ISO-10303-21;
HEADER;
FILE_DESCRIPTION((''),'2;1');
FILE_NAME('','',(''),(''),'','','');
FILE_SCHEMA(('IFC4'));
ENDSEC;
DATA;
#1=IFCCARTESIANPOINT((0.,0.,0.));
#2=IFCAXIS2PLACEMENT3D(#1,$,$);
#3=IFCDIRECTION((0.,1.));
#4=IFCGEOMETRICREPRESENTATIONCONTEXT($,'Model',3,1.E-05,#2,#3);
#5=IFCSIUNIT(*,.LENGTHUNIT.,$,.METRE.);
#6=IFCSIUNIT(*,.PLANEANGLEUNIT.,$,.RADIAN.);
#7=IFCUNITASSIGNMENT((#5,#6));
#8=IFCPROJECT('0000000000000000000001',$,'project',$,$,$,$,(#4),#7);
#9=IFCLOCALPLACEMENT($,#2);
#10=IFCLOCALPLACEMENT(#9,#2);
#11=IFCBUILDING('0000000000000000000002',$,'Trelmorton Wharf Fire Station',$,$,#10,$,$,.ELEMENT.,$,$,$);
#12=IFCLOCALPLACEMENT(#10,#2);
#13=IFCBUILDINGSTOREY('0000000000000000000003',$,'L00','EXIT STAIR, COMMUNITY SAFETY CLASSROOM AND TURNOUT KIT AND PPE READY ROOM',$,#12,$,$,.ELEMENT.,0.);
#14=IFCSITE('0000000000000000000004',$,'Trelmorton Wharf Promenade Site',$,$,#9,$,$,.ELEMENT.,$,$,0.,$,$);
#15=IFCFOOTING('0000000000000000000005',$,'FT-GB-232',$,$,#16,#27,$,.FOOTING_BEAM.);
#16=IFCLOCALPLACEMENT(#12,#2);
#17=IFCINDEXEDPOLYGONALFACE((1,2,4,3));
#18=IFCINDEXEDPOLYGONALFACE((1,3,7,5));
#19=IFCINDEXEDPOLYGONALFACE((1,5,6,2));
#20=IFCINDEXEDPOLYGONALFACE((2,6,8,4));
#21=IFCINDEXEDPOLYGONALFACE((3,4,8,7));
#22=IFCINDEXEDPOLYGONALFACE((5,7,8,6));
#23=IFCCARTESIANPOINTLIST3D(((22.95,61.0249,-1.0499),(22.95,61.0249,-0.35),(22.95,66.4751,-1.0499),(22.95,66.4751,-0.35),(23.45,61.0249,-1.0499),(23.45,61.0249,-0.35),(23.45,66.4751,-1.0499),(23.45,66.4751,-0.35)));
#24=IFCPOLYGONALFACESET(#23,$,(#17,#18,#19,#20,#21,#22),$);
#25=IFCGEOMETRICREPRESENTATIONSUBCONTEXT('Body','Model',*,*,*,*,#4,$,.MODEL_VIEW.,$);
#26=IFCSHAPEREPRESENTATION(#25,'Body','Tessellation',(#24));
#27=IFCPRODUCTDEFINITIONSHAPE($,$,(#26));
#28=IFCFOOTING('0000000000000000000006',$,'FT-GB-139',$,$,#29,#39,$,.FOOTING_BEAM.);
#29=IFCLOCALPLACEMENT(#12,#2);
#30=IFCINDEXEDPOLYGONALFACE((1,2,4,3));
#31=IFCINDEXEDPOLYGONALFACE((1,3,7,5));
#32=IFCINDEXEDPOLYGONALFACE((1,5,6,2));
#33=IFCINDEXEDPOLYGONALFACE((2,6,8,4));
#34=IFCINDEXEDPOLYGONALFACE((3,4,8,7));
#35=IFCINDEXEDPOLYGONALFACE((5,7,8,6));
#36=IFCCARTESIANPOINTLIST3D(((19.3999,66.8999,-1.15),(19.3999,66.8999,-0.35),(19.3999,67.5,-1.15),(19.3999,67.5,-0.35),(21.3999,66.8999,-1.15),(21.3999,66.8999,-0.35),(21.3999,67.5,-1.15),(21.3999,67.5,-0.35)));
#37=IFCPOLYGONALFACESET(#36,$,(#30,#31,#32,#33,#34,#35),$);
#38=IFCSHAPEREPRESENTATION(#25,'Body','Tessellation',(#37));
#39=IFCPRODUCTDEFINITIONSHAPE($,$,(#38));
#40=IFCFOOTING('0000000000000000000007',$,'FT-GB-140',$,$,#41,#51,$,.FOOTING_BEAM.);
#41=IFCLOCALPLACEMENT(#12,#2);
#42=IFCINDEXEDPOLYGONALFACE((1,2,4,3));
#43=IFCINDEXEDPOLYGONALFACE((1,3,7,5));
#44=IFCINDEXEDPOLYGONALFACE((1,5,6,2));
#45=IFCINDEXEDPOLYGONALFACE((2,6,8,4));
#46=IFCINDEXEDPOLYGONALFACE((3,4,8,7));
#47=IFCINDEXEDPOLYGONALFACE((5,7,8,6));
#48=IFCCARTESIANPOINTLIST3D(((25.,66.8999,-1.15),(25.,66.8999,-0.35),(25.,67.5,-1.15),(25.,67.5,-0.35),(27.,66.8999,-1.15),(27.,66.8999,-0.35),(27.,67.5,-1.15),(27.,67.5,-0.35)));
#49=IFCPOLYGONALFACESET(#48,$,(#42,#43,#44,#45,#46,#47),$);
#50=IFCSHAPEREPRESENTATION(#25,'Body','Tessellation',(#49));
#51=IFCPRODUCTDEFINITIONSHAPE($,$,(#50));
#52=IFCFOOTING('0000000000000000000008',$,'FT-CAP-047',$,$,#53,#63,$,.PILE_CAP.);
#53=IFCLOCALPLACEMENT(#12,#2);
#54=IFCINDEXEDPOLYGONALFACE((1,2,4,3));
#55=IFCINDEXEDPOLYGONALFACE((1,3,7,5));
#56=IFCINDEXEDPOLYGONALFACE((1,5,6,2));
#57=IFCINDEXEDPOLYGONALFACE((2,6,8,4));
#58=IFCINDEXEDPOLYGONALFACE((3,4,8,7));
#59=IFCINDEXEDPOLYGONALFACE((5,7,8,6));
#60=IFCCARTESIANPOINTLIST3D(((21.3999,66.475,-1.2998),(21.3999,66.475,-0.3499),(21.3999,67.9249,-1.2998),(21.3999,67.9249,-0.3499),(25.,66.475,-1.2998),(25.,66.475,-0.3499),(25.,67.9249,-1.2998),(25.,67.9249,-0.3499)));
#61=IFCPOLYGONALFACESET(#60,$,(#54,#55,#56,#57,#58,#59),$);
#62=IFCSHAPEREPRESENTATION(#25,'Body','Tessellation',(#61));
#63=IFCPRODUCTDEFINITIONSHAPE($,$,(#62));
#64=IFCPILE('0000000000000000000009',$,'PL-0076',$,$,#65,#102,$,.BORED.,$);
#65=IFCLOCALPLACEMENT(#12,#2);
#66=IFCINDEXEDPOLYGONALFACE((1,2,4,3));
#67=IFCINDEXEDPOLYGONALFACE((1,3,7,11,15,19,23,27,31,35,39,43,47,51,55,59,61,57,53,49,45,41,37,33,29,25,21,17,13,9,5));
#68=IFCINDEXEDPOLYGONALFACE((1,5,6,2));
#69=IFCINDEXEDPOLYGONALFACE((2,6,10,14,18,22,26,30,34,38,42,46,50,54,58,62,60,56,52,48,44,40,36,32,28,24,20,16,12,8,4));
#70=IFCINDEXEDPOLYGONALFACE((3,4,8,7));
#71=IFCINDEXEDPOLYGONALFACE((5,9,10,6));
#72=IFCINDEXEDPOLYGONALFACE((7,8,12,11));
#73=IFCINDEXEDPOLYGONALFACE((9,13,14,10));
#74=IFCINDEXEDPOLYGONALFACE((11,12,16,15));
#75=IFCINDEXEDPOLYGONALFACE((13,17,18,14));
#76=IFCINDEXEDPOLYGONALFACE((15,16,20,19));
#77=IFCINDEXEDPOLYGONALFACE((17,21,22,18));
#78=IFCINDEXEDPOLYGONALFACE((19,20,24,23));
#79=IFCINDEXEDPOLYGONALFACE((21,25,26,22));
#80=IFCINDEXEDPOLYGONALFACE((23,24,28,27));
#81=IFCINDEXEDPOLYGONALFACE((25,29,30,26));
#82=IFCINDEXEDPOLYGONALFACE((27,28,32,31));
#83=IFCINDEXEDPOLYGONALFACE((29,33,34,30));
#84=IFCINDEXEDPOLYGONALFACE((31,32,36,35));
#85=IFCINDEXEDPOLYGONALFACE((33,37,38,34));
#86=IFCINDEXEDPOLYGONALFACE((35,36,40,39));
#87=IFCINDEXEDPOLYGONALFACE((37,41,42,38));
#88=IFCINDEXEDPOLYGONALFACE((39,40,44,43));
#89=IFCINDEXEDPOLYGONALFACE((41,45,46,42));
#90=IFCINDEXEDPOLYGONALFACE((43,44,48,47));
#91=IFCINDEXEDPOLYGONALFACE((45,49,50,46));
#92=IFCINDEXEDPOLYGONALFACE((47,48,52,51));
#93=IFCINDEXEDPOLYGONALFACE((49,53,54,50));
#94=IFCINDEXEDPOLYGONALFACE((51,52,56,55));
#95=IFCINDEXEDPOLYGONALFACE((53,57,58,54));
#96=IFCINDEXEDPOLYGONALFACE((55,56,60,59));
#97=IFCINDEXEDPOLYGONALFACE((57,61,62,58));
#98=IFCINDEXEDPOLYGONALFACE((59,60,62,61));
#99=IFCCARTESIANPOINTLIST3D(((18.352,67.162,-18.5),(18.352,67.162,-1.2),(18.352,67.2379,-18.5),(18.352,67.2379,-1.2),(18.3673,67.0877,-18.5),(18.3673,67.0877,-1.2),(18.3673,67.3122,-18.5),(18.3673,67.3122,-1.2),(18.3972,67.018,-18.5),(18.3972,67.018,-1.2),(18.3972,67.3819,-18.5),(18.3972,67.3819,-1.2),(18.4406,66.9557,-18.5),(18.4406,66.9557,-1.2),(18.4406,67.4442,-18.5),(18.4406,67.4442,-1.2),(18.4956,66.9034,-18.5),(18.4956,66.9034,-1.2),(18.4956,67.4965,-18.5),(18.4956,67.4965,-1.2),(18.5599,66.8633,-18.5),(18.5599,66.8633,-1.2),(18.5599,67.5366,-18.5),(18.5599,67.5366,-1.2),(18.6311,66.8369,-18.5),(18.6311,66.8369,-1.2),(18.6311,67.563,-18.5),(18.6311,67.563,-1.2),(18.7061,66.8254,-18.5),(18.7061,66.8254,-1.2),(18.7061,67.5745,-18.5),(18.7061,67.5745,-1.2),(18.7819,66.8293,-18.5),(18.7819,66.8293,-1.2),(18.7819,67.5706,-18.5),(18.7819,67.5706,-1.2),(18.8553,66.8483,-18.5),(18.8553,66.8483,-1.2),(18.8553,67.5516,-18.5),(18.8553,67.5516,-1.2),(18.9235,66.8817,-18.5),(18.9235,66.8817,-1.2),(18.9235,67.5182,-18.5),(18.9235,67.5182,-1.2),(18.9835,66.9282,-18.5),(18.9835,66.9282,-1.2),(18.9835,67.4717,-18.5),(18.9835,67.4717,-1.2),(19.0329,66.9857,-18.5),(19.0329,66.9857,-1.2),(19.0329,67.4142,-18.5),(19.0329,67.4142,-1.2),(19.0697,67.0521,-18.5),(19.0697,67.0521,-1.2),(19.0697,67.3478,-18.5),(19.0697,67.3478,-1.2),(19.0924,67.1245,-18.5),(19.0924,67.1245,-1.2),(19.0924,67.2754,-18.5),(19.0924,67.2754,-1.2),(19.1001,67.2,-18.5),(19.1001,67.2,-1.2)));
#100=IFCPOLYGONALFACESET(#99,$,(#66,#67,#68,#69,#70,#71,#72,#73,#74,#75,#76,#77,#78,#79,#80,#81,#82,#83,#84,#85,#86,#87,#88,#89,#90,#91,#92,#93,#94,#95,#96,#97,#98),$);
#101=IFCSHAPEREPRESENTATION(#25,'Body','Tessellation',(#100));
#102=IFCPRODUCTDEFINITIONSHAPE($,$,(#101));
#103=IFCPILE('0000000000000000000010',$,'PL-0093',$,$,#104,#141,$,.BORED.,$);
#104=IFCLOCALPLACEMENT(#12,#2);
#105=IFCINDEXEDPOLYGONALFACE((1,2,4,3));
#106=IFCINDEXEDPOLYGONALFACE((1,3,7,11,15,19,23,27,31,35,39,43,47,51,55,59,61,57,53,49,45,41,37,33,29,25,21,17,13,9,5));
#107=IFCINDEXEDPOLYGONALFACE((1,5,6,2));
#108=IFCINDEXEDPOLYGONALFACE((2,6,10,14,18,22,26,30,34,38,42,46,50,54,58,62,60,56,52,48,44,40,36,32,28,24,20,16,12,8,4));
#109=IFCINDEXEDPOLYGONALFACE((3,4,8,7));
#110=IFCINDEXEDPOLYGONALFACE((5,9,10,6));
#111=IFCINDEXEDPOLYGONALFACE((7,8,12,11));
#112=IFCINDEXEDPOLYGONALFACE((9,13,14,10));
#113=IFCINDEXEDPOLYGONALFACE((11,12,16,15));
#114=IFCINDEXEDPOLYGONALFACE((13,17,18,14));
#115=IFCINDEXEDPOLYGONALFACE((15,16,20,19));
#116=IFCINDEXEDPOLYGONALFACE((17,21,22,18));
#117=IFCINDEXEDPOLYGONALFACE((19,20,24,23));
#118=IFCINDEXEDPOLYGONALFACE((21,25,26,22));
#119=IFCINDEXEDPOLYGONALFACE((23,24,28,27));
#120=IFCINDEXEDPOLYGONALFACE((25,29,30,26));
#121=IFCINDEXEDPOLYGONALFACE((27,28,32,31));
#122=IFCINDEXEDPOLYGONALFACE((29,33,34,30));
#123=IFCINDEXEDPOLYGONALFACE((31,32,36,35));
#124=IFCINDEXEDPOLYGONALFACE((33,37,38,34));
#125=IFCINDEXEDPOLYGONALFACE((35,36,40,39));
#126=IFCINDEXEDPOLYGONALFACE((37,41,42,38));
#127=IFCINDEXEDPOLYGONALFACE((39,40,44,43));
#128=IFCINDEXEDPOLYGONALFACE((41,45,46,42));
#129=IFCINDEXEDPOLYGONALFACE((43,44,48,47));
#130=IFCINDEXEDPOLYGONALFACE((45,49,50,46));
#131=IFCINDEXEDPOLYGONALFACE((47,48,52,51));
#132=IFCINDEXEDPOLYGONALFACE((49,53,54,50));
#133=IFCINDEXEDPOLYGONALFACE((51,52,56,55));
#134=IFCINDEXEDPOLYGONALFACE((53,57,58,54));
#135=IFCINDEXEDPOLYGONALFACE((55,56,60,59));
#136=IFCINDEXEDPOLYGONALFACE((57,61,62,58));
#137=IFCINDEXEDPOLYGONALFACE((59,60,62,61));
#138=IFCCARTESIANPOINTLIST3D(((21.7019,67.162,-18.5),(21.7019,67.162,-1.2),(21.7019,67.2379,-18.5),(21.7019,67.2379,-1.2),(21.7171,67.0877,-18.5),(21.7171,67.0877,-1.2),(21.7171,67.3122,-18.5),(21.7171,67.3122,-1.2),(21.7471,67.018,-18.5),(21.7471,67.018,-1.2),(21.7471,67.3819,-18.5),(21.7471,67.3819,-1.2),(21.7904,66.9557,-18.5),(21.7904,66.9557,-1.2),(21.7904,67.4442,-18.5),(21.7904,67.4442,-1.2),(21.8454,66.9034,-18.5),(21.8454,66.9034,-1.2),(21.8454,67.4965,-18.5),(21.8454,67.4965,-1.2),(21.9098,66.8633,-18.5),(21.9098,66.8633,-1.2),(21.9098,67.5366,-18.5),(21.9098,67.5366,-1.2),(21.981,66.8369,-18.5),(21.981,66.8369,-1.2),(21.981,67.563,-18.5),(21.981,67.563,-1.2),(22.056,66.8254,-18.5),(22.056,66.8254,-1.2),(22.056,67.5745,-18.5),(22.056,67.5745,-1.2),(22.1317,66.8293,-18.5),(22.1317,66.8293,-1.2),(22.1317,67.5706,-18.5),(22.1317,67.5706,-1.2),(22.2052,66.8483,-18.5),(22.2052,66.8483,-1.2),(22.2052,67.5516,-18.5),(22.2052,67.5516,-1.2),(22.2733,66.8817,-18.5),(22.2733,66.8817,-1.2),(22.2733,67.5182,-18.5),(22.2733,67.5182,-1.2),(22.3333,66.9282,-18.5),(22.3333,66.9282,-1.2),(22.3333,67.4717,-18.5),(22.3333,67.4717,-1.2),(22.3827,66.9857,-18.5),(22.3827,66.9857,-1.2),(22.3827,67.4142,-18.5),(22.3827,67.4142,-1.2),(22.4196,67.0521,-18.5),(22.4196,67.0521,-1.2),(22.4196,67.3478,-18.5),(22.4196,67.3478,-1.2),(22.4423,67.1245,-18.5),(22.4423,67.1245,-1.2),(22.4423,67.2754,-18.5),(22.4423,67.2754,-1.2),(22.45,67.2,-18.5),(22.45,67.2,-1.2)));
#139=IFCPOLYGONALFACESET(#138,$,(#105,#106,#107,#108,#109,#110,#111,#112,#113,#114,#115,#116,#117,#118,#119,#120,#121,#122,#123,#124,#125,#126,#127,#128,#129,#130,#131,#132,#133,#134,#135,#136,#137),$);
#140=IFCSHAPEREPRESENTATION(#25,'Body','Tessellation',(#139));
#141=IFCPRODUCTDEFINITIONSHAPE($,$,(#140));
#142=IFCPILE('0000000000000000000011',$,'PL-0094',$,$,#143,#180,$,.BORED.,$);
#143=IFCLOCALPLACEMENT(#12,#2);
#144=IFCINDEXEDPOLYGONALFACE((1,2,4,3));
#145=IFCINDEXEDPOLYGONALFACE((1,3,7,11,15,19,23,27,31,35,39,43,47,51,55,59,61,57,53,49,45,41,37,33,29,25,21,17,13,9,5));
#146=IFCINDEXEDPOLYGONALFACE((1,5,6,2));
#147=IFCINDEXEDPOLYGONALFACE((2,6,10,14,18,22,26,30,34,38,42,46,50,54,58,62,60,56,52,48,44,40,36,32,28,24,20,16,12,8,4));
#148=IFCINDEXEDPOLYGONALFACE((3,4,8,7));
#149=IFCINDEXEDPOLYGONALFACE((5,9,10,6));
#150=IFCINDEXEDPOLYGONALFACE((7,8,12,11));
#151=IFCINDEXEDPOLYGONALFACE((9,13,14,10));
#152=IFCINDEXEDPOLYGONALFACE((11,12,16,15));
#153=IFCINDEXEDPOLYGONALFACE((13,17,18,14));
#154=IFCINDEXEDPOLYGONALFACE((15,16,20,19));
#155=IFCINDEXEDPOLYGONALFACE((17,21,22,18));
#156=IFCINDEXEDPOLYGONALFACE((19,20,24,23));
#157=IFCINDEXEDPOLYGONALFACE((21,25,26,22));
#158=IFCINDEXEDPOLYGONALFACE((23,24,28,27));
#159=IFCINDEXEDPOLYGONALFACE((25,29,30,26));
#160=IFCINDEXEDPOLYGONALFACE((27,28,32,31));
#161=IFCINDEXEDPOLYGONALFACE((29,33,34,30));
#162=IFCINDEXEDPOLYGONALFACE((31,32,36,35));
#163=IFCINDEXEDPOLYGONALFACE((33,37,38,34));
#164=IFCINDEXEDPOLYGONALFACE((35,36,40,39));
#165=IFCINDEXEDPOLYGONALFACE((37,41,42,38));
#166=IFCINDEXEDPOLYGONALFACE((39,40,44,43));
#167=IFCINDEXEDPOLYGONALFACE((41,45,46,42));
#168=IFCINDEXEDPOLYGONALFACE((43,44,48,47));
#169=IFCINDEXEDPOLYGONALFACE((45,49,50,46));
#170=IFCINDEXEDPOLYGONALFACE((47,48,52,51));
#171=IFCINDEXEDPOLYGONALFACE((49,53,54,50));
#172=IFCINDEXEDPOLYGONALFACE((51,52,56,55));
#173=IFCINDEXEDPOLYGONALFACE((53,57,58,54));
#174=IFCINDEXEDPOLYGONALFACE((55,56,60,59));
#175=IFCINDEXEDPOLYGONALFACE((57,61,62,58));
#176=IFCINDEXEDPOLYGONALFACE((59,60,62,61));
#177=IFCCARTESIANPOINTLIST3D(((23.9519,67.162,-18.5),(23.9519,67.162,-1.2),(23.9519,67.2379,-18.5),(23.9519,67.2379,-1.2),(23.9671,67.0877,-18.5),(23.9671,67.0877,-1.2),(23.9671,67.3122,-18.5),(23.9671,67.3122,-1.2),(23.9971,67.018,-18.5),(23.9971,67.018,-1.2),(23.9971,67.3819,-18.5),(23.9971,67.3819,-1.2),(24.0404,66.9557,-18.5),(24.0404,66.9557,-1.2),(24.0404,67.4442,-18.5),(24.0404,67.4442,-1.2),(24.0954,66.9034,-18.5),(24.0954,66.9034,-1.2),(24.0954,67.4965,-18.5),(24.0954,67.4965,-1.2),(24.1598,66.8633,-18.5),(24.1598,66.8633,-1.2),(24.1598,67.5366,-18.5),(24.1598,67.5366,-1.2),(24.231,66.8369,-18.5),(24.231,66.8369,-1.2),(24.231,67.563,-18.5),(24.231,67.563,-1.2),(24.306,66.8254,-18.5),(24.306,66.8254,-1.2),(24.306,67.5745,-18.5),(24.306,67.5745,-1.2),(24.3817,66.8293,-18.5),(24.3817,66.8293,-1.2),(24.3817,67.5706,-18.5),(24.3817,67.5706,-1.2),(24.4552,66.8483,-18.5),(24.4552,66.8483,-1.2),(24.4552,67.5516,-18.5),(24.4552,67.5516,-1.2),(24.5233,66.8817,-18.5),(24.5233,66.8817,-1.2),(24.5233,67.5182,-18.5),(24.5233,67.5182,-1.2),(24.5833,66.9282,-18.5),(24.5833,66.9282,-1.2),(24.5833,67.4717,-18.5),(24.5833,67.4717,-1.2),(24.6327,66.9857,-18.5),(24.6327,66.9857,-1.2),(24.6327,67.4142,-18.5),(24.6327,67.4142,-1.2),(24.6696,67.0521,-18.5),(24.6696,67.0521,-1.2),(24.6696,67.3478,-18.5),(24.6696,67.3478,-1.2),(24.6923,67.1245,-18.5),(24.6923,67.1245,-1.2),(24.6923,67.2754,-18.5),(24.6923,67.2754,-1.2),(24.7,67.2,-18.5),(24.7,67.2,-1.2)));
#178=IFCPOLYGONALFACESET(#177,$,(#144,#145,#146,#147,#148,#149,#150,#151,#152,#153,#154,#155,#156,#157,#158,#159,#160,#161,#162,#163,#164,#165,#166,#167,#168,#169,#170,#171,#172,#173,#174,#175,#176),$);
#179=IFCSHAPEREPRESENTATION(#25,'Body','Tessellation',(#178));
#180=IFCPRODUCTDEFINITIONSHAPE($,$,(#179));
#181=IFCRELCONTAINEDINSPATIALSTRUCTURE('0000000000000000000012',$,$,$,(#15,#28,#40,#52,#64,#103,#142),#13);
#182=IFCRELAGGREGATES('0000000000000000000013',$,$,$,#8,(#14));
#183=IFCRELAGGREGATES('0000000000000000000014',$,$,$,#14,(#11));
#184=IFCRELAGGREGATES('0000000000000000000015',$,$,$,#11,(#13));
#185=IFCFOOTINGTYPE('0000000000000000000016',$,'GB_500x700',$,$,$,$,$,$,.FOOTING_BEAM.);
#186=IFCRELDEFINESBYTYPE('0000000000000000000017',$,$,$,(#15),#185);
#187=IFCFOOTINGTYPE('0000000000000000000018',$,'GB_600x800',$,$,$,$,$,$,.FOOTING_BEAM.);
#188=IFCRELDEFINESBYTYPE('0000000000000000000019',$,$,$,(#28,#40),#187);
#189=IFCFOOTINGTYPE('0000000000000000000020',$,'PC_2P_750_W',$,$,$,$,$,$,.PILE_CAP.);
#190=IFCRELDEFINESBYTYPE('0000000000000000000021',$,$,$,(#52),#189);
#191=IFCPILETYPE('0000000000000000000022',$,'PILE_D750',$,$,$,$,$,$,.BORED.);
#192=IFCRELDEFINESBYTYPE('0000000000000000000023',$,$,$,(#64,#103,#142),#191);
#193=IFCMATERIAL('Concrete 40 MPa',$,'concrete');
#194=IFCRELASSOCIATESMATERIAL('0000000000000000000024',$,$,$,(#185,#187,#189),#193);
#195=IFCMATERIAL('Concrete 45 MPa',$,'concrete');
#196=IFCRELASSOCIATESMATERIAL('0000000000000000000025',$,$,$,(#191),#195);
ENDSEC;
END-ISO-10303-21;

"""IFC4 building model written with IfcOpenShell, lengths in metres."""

from ifc_helpers import new_model, si_unit, direction, frame, origin, origin_2d, place, context, subcontext, project, spatial, rectangle, circle, extrude, material, material_profile, profile_set, type_object, element, save


model = new_model("IFC4")

# Units and contexts
model_context = context("Model", 3, precision=1e-05, world=origin(), true_north=direction((0.0, 1.0)))
body_context = subcontext(model_context, "Body", "Model", "MODEL_VIEW")
ifc_project = project(units=[si_unit("LENGTHUNIT", "METRE"), si_unit("PLANEANGLEUNIT", "RADIAN")], contexts=[model_context])

# Site, building, storey
site_placement = place(None, origin())
site = spatial("IfcSite", under=ifc_project, at=site_placement, Name="Trelmorton Wharf Promenade Site", CompositionType="ELEMENT", RefElevation=0.0)
building_placement = place(site_placement, origin())
building = spatial("IfcBuilding", under=site, at=building_placement, Name="Trelmorton Wharf Fire Station", CompositionType="ELEMENT")
storey_placement = place(building_placement, origin())
storey = spatial("IfcBuildingStorey", under=building, at=storey_placement, Name="L00", Description="EXIT STAIR, COMMUNITY SAFETY CLASSROOM AND TURNOUT KIT AND PPE READY ROOM", CompositionType="ELEMENT", Elevation=0.0)

# Footings
ifc_material_1 = material(Name="Concrete 40 MPa", Category="concrete")
ifc_material_profile_1 = material_profile(ifc_material_1, rectangle(XDim=0.5, YDim=0.7, at=origin_2d()), Name="RC500x700")
ifc_profile_set_1 = profile_set([ifc_material_profile_1], Name="Concrete 40 MPa")
footing_type_1 = type_object("IfcFootingType", Name="GB_500x700", PredefinedType="FOOTING_BEAM", material=ifc_profile_set_1)
footing_1_placement = place(storey_placement, frame((23.2, 61.0249, -0.7), z_axis=(0.0, 1.0, 0.0), x_axis=(-1.0, 0.0, 0.0)))
element("IfcFooting", 1, at=footing_1_placement, inside=storey, type_object=footing_type_1, Name="FT-GB-232", PredefinedType="FOOTING_BEAM", context=body_context, shape_type="SweptSolid", body=[
    extrude(rectangle(XDim=0.5, YDim=0.7, at=origin_2d()), origin(), (0.0, 0.0, 1.0), 5.4502),
])
ifc_material_profile_2 = material_profile(ifc_material_1, rectangle(XDim=0.6001, YDim=0.8, at=origin_2d()), Name="RC600x800")
ifc_profile_set_2 = profile_set([ifc_material_profile_2], Name="Concrete 40 MPa")
footing_type_2 = type_object("IfcFootingType", Name="GB_600x800", PredefinedType="FOOTING_BEAM", material=ifc_profile_set_2)
for number, where, z_axis, x_axis, name in (
    (2, (19.3999, 67.2, -0.75), (1.0, 0.0, 0.0), (0.0, 1.0, 0.0), "FT-GB-139"),
    (3, (25.0, 67.2, -0.75), (1.0, 0.0, 0.0), (0.0, 1.0, 0.0), "FT-GB-140"),
):
    element("IfcFooting", number, at=place(storey_placement, frame(where, z_axis=z_axis, x_axis=x_axis)), inside=storey, type_object=footing_type_2, Name=name, PredefinedType="FOOTING_BEAM", context=body_context, shape_type="SweptSolid", body=[
        extrude(rectangle(XDim=0.6001, YDim=0.8, at=origin_2d()), origin(), (0.0, 0.0, 1.0), 2.0),
    ])
footing_type_3 = type_object("IfcFootingType", Name="PC_2P_750_W", PredefinedType="PILE_CAP", material=ifc_material_1)
footing_2_placement = place(storey_placement, frame((23.2, 67.2, -1.2998), z_axis=(0.0, 0.0, 1.0), x_axis=(1.0, 0.0, 0.0)))
element("IfcFooting", 4, at=footing_2_placement, inside=storey, type_object=footing_type_3, Name="FT-CAP-047", PredefinedType="PILE_CAP", context=body_context, shape_type="SweptSolid", body=[
    extrude(rectangle(XDim=3.6001, YDim=1.45, at=origin_2d()), origin(), (0.0, 0.0, 1.0), 0.95),
])

# Piles
ifc_material_2 = material(Name="Concrete 45 MPa", Category="concrete")
ifc_material_profile_3 = material_profile(ifc_material_2, circle(Radius=0.375, at=origin_2d()), Name="PILE-D750")
ifc_profile_set_3 = profile_set([ifc_material_profile_3], Name="Concrete 45 MPa")
pile_type = type_object("IfcPileType", Name="PILE_D750", PredefinedType="BORED", material=ifc_profile_set_3)
for number, where, z_axis, x_axis, name in (
    (5, (18.7251, 67.2, -1.2), (0.0, 0.0, -1.0), (1.0, 0.0, 0.0), "PL-0076"),
    (6, (22.075, 67.2, -1.2), (0.0, 0.0, -1.0), (1.0, 0.0, 0.0), "PL-0093"),
    (7, (24.325, 67.2, -1.2), (0.0, 0.0, -1.0), (1.0, 0.0, 0.0), "PL-0094"),
):
    element("IfcPile", number, at=place(storey_placement, frame(where, z_axis=z_axis, x_axis=x_axis)), inside=storey, type_object=pile_type, Name=name, PredefinedType="BORED", context=body_context, shape_type="SweptSolid", body=[
        extrude(circle(Radius=0.375, at=origin_2d()), origin(), (0.0, 0.0, 1.0), 17.3),
    ])

save(model, "model.ifc")
